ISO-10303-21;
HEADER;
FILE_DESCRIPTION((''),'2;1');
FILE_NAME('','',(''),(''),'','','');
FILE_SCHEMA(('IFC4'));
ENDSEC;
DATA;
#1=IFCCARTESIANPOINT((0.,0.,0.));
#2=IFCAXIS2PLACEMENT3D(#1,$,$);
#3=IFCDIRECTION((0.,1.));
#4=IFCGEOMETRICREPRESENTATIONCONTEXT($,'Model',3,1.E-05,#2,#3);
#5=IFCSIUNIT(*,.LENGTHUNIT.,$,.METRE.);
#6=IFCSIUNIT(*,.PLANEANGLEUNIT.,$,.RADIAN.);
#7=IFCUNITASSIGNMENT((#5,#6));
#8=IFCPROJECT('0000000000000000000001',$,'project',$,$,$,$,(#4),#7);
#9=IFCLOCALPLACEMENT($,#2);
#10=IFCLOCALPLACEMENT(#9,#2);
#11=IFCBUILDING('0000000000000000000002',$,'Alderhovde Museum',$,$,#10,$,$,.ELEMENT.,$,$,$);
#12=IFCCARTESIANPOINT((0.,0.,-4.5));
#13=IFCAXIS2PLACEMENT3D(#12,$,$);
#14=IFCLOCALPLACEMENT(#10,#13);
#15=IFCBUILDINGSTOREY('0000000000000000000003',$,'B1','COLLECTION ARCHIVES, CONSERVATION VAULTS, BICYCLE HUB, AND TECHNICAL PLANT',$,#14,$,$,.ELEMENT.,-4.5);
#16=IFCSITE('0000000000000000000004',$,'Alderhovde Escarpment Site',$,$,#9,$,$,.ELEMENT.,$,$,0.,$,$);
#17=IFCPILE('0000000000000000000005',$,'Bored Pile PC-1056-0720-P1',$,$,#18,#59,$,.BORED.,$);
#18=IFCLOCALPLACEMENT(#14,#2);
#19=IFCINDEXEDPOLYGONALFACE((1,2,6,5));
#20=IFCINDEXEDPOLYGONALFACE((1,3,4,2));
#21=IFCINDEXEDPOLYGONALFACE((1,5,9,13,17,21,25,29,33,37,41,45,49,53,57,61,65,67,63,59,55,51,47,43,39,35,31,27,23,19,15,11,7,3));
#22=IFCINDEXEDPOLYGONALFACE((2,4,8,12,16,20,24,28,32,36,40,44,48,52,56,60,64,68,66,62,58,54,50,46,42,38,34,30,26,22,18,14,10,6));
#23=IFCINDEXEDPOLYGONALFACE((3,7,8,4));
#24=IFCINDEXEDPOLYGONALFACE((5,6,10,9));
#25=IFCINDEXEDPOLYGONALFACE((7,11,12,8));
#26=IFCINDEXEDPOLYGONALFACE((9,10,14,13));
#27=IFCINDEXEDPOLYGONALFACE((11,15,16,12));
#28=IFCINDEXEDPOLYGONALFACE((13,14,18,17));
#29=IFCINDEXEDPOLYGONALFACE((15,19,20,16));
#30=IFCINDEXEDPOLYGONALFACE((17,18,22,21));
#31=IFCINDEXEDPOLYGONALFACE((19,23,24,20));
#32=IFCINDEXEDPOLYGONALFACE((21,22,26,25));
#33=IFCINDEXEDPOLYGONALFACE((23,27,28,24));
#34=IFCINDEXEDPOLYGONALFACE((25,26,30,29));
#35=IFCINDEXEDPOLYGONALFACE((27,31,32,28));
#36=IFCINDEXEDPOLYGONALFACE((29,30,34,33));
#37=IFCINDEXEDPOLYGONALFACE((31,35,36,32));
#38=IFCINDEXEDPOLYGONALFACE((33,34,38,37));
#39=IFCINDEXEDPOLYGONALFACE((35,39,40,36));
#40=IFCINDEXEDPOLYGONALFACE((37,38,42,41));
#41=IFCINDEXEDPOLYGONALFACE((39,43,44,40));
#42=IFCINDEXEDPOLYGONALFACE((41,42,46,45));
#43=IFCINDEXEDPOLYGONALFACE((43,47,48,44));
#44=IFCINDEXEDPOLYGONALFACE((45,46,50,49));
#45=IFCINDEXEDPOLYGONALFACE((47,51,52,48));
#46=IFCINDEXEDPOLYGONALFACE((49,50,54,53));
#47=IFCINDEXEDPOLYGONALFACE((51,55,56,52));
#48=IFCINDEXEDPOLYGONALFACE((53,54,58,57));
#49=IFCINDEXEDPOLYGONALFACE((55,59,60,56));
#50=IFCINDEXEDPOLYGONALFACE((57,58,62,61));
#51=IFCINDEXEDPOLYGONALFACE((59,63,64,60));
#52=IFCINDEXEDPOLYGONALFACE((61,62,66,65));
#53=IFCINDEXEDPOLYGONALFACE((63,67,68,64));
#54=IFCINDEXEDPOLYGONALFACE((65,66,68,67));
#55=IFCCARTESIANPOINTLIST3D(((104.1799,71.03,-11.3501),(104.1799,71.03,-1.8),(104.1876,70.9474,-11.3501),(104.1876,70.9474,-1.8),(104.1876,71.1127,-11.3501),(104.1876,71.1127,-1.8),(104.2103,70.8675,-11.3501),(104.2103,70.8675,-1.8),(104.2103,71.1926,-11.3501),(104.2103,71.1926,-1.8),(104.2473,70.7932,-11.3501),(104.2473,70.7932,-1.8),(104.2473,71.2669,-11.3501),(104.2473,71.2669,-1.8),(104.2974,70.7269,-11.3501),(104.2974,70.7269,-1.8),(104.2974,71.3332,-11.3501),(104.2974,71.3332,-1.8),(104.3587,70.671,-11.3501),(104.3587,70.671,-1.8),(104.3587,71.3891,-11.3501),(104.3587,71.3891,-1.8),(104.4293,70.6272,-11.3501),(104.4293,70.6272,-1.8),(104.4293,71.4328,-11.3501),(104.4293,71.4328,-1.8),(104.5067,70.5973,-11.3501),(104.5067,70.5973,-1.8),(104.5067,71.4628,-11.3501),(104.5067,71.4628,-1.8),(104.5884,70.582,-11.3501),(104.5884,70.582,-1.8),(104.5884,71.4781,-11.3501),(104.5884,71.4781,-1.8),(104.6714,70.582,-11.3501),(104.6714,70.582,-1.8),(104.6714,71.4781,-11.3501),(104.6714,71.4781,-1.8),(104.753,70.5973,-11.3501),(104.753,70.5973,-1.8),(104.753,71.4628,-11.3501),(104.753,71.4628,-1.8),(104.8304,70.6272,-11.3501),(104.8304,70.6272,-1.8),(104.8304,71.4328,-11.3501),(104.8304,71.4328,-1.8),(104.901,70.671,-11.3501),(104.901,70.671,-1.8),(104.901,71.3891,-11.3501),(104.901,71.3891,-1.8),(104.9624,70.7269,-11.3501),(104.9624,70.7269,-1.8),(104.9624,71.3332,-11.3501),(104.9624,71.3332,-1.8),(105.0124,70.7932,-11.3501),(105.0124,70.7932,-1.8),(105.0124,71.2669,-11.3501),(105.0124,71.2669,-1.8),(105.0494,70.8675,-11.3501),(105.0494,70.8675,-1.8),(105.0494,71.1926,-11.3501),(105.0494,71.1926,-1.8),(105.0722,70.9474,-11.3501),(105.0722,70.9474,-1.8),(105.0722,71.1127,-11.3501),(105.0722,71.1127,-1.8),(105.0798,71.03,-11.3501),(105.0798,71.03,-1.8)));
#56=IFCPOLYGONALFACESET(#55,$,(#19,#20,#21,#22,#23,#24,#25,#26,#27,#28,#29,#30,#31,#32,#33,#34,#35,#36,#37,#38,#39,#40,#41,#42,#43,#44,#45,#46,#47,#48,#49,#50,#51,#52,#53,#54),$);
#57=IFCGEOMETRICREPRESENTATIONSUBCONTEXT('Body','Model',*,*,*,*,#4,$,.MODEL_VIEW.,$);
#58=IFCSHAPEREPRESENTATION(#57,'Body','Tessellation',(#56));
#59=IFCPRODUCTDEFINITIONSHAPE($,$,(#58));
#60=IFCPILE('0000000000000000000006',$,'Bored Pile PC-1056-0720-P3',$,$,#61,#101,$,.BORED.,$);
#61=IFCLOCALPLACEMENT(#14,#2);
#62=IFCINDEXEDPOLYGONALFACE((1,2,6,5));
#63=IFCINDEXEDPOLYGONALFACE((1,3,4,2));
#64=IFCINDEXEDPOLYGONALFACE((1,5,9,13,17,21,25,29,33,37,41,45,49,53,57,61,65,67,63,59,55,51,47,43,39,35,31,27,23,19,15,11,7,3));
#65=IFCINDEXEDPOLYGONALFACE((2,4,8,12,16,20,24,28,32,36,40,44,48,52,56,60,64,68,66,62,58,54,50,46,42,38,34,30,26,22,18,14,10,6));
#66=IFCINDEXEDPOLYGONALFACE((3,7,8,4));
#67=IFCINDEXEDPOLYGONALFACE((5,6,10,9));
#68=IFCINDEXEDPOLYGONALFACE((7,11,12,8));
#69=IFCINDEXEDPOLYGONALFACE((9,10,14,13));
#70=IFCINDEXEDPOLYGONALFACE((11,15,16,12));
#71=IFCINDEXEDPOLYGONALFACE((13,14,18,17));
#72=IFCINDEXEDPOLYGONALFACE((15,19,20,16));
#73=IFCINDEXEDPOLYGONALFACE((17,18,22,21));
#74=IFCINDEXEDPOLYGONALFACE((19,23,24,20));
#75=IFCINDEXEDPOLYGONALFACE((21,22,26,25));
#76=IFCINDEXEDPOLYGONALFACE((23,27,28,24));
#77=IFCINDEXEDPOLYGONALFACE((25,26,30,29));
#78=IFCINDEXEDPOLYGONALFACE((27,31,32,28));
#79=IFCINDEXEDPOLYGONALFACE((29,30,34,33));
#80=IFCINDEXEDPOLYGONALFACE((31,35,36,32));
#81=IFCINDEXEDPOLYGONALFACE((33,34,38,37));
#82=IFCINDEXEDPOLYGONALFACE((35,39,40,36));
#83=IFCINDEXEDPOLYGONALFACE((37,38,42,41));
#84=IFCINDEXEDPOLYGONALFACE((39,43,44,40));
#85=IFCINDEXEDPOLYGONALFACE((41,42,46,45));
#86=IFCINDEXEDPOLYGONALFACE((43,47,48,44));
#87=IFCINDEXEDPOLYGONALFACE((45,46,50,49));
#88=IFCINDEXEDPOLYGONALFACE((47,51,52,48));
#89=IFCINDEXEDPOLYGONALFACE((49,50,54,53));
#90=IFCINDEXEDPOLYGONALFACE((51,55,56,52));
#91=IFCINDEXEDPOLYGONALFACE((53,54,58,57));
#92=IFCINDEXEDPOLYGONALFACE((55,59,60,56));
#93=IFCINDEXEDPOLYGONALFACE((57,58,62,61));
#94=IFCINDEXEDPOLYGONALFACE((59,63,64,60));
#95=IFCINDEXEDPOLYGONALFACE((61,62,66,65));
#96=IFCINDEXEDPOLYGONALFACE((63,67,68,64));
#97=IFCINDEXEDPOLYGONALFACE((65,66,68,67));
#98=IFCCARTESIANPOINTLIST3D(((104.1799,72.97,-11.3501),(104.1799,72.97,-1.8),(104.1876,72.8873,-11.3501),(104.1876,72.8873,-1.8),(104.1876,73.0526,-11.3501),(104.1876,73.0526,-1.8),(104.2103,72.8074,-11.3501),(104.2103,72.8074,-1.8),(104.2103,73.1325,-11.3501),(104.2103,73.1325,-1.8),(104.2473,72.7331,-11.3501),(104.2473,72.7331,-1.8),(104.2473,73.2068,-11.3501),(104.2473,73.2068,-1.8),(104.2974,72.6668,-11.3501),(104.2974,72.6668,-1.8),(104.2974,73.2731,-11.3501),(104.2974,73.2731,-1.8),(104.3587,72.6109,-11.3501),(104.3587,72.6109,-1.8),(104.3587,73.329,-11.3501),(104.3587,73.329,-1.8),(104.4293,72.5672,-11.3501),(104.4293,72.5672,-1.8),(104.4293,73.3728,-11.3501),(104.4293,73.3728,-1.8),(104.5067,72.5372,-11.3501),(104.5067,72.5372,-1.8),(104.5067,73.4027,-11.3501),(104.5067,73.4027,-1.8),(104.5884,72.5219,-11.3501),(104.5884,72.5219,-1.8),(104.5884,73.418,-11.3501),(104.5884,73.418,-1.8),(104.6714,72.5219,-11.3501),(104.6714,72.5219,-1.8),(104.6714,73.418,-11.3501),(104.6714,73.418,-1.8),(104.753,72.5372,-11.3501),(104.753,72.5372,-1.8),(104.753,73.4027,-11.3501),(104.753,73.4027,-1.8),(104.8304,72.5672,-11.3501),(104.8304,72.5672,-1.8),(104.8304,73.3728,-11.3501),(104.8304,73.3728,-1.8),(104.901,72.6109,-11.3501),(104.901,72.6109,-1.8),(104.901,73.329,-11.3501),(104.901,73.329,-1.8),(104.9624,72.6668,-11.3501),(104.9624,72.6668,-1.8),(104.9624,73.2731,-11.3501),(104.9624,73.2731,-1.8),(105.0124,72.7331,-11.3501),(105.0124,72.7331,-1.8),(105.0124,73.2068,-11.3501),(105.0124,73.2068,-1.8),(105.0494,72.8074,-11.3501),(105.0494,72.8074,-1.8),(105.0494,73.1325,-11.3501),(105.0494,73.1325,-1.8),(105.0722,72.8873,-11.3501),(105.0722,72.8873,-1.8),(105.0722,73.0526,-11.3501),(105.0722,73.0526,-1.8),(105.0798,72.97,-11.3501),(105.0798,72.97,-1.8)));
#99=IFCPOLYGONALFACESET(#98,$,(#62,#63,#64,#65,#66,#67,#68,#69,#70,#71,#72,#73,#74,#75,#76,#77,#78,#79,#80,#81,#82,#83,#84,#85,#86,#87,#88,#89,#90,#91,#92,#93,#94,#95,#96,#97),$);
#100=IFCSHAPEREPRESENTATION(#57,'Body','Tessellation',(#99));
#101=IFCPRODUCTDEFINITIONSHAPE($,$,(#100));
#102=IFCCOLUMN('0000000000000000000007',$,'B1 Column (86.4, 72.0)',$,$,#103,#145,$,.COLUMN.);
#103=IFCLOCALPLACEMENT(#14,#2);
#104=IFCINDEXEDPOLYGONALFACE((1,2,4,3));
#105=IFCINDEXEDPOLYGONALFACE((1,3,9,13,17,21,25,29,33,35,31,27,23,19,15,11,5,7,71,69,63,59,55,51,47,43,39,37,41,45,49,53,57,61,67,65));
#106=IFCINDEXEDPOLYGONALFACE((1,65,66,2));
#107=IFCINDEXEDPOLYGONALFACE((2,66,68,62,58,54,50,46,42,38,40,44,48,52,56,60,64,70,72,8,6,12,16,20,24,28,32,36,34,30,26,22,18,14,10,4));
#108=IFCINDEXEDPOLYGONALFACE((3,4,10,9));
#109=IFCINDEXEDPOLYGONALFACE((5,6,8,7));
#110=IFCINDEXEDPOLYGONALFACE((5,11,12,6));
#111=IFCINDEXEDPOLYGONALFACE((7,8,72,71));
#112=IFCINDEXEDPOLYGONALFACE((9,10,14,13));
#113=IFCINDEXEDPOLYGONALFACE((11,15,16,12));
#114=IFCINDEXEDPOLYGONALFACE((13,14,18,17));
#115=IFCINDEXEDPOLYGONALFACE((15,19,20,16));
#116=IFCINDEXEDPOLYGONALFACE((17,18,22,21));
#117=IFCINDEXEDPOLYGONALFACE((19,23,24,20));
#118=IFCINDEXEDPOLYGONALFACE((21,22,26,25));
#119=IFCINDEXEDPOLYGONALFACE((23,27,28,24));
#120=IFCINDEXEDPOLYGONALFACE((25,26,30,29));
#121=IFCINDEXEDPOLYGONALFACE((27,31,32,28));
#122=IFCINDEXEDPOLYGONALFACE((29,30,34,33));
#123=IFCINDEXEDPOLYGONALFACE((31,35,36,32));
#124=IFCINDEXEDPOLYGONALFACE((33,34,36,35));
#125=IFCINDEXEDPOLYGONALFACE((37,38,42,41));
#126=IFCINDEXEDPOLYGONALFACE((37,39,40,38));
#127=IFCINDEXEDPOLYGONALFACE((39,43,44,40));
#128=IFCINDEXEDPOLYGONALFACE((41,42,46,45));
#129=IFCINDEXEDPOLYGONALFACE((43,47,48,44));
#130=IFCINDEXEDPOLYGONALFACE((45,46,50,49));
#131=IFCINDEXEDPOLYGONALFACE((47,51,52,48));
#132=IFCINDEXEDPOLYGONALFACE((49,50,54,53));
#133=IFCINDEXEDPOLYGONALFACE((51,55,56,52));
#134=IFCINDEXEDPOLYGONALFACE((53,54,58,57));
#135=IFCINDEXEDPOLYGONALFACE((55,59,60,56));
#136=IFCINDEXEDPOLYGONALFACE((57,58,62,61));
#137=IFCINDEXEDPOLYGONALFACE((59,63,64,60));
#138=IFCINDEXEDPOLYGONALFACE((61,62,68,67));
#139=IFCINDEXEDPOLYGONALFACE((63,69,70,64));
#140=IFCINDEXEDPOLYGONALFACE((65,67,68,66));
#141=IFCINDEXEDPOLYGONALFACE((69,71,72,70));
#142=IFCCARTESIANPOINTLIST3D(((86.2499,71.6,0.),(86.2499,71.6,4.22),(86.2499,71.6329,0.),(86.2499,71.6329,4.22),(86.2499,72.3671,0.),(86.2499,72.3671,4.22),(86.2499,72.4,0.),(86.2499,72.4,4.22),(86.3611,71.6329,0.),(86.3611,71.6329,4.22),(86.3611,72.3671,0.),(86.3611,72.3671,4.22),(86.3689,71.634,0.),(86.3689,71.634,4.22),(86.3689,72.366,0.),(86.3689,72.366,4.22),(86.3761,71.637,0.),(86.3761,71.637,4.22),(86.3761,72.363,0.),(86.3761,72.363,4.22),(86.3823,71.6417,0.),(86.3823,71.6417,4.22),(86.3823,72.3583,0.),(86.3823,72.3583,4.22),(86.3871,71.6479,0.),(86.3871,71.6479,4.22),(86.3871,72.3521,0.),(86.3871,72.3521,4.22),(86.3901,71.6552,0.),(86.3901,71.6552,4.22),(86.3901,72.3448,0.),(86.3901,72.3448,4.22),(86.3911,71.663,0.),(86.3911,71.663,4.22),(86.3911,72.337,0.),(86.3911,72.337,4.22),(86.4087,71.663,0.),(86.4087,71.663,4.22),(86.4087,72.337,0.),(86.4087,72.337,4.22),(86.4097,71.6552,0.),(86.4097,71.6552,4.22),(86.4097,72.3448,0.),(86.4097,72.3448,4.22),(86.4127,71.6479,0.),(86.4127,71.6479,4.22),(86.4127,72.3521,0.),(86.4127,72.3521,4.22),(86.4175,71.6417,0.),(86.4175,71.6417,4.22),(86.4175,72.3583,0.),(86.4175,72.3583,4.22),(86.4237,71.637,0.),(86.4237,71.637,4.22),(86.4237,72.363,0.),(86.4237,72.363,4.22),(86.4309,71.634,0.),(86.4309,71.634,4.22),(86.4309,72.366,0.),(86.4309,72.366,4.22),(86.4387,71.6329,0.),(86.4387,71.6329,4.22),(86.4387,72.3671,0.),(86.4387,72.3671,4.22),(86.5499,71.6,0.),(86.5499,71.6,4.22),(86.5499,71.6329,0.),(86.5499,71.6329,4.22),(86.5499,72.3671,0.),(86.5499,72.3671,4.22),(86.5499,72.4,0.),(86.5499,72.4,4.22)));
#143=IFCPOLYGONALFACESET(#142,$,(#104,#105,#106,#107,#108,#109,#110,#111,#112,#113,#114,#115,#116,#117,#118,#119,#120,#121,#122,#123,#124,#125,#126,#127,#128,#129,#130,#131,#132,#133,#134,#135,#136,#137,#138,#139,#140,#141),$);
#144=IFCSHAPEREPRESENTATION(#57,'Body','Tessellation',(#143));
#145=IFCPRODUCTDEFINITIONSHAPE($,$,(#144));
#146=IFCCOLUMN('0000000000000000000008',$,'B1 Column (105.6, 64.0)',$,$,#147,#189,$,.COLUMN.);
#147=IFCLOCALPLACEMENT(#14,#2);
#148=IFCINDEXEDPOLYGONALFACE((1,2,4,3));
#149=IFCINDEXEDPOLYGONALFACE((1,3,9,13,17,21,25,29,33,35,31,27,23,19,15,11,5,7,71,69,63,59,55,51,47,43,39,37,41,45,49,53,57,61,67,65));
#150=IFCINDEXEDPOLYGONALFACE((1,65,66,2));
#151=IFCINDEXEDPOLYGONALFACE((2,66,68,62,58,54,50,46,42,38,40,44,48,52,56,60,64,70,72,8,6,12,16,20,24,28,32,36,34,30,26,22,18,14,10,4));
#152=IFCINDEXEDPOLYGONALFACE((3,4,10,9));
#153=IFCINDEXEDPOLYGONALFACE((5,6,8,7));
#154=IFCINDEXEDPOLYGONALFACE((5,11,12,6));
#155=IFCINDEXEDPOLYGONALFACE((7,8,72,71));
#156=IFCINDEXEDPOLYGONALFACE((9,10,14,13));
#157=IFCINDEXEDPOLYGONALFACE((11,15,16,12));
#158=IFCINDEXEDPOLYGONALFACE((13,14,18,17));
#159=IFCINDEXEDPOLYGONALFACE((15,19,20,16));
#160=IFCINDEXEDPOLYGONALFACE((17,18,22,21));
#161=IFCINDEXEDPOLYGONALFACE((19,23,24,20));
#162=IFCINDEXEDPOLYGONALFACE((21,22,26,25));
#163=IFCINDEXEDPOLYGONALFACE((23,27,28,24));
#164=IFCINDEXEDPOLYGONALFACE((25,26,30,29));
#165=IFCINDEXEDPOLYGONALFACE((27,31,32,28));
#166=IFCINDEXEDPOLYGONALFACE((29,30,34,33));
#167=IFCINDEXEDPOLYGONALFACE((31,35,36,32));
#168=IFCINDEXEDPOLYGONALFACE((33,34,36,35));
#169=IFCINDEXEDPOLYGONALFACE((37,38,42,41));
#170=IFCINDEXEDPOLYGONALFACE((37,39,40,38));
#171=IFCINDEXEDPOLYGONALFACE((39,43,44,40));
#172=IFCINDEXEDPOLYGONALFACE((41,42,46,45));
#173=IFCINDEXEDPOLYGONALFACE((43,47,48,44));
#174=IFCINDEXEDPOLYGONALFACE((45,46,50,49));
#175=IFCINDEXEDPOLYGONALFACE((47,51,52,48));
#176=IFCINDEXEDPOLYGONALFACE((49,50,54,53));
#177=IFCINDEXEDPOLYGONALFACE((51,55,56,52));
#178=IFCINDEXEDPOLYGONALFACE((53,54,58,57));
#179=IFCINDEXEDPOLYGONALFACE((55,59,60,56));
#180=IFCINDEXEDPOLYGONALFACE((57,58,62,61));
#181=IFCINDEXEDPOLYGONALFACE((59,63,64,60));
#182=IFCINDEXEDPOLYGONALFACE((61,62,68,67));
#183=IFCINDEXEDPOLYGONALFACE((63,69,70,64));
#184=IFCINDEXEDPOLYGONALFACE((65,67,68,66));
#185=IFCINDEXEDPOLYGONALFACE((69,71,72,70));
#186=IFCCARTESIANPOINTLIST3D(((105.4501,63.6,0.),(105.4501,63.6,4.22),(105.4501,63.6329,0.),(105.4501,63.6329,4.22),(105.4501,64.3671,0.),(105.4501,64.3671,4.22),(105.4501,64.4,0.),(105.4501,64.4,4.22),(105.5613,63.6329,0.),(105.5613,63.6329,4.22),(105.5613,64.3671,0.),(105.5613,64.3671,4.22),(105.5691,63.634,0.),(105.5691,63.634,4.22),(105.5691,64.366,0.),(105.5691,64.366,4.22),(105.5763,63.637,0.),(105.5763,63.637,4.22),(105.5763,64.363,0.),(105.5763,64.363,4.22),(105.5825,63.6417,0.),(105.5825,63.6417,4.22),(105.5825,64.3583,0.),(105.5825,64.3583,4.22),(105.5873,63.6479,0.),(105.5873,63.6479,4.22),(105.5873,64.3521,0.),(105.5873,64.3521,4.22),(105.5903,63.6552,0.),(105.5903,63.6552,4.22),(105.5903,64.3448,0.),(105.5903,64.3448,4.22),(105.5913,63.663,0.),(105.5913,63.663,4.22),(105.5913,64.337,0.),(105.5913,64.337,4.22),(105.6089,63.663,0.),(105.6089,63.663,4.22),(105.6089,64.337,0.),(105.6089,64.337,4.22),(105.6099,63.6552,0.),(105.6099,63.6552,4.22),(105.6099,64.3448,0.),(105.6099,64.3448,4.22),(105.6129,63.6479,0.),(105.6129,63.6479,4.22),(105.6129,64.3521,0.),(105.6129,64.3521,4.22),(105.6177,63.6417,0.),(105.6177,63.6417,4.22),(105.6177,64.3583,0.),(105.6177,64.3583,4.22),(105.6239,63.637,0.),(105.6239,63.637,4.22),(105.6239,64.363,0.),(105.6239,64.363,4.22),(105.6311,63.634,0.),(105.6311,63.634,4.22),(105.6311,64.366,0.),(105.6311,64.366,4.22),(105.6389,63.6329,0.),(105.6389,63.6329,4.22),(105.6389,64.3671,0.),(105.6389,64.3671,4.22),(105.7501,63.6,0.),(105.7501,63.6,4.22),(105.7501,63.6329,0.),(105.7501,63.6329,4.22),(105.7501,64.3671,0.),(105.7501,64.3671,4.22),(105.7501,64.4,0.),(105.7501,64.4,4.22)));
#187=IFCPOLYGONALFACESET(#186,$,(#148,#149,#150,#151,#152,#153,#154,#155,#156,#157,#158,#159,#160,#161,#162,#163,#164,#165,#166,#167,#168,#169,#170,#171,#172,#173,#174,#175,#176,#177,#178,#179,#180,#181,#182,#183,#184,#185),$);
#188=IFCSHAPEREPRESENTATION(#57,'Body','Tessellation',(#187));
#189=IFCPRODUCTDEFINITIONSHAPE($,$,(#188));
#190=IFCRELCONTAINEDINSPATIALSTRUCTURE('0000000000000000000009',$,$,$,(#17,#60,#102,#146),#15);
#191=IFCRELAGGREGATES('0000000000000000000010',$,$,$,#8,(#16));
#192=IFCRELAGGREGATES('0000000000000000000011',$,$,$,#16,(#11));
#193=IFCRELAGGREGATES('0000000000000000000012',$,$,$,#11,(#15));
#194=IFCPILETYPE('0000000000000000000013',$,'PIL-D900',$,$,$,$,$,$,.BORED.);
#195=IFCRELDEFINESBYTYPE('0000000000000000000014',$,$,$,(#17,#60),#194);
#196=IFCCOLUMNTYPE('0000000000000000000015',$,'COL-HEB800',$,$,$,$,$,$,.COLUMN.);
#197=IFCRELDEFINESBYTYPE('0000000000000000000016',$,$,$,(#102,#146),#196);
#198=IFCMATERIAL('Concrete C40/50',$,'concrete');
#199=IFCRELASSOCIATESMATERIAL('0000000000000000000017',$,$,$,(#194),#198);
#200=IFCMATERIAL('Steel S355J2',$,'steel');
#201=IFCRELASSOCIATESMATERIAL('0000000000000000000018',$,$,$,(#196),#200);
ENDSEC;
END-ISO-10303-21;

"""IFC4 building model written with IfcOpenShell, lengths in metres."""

from ifc_helpers import new_model, si_unit, direction, frame, origin, origin_2d, place, context, subcontext, project, spatial, circle, i_section, extrude, material, material_profile, profile_set, type_object, element, save


model = new_model("IFC4")

# Units and contexts
model_context = context("Model", 3, precision=1e-05, world=origin(), true_north=direction((0.0, 1.0)))
body_context = subcontext(model_context, "Body", "Model", "MODEL_VIEW")
ifc_project = project(units=[si_unit("LENGTHUNIT", "METRE"), si_unit("PLANEANGLEUNIT", "RADIAN")], contexts=[model_context])

# Site, building, storey
site_placement = place(None, origin())
site = spatial("IfcSite", under=ifc_project, at=site_placement, Name="Alderhovde Escarpment Site", CompositionType="ELEMENT", RefElevation=0.0)
building_placement = place(site_placement, origin())
building = spatial("IfcBuilding", under=site, at=building_placement, Name="Alderhovde Museum", CompositionType="ELEMENT")
storey_placement = place(building_placement, frame((0.0, 0.0, -4.5)))
storey = spatial("IfcBuildingStorey", under=building, at=storey_placement, Name="B1", Description="COLLECTION ARCHIVES, CONSERVATION VAULTS, BICYCLE HUB, AND TECHNICAL PLANT", CompositionType="ELEMENT", Elevation=-4.5)

# Piles
ifc_material_1 = material(Name="Concrete C40/50", Category="concrete")
ifc_material_profile_1 = material_profile(ifc_material_1, circle(Radius=0.45, at=origin_2d()), Name="PILE-D900")
ifc_profile_set_1 = profile_set([ifc_material_profile_1], Name="Concrete C40/50")
pile_type_1 = type_object("IfcPileType", Name="PIL-D900", PredefinedType="BORED", material=ifc_profile_set_1)
for number, where, z_axis, x_axis, name in (
    (1, (104.6299, 71.03, -1.8), (0.0, 0.0, -1.0), (1.0, 0.0, 0.0), "Bored Pile PC-1056-0720-P1"),
    (2, (104.6299, 72.97, -1.8), (0.0, 0.0, -1.0), (1.0, 0.0, 0.0), "Bored Pile PC-1056-0720-P3"),
):
    element("IfcPile", number, at=place(storey_placement, frame(where, z_axis=z_axis, x_axis=x_axis)), inside=storey, type_object=pile_type_1, Name=name, PredefinedType="BORED", context=body_context, shape_type="SweptSolid", body=[
        extrude(circle(Radius=0.45, at=origin_2d()), origin(), (0.0, 0.0, 1.0), 9.55),
    ])

# Columns
ifc_material_2 = material(Name="Steel S355J2", Category="steel")
ifc_material_profile_2 = material_profile(ifc_material_2, i_section(OverallWidth=0.3, OverallDepth=0.8, WebThickness=0.0176, FlangeThickness=0.033, FilletRadius=0.03, at=origin_2d()), Name="HEB 800")
ifc_profile_set_2 = profile_set([ifc_material_profile_2], Name="Steel S355J2")
column_type_1 = type_object("IfcColumnType", Name="COL-HEB800", PredefinedType="COLUMN", material=ifc_profile_set_2)
for number, where, z_axis, x_axis, name in (
    (3, (86.3999, 72.0, 0.0), (0.0, 0.0, 1.0), (1.0, 0.0, 0.0), "B1 Column (86.4, 72.0)"),
    (4, (105.6001, 64.0, 0.0), (0.0, 0.0, 1.0), (1.0, 0.0, 0.0), "B1 Column (105.6, 64.0)"),
):
    element("IfcColumn", number, at=place(storey_placement, frame(where, z_axis=z_axis, x_axis=x_axis)), inside=storey, type_object=column_type_1, Name=name, PredefinedType="COLUMN", context=body_context, shape_type="SweptSolid", body=[
        extrude(i_section(OverallWidth=0.3, OverallDepth=0.8, WebThickness=0.0176, FlangeThickness=0.033, FilletRadius=0.03, at=origin_2d()), origin(), (0.0, 0.0, 1.0), 4.22),
    ])

save(model, "model.ifc")
